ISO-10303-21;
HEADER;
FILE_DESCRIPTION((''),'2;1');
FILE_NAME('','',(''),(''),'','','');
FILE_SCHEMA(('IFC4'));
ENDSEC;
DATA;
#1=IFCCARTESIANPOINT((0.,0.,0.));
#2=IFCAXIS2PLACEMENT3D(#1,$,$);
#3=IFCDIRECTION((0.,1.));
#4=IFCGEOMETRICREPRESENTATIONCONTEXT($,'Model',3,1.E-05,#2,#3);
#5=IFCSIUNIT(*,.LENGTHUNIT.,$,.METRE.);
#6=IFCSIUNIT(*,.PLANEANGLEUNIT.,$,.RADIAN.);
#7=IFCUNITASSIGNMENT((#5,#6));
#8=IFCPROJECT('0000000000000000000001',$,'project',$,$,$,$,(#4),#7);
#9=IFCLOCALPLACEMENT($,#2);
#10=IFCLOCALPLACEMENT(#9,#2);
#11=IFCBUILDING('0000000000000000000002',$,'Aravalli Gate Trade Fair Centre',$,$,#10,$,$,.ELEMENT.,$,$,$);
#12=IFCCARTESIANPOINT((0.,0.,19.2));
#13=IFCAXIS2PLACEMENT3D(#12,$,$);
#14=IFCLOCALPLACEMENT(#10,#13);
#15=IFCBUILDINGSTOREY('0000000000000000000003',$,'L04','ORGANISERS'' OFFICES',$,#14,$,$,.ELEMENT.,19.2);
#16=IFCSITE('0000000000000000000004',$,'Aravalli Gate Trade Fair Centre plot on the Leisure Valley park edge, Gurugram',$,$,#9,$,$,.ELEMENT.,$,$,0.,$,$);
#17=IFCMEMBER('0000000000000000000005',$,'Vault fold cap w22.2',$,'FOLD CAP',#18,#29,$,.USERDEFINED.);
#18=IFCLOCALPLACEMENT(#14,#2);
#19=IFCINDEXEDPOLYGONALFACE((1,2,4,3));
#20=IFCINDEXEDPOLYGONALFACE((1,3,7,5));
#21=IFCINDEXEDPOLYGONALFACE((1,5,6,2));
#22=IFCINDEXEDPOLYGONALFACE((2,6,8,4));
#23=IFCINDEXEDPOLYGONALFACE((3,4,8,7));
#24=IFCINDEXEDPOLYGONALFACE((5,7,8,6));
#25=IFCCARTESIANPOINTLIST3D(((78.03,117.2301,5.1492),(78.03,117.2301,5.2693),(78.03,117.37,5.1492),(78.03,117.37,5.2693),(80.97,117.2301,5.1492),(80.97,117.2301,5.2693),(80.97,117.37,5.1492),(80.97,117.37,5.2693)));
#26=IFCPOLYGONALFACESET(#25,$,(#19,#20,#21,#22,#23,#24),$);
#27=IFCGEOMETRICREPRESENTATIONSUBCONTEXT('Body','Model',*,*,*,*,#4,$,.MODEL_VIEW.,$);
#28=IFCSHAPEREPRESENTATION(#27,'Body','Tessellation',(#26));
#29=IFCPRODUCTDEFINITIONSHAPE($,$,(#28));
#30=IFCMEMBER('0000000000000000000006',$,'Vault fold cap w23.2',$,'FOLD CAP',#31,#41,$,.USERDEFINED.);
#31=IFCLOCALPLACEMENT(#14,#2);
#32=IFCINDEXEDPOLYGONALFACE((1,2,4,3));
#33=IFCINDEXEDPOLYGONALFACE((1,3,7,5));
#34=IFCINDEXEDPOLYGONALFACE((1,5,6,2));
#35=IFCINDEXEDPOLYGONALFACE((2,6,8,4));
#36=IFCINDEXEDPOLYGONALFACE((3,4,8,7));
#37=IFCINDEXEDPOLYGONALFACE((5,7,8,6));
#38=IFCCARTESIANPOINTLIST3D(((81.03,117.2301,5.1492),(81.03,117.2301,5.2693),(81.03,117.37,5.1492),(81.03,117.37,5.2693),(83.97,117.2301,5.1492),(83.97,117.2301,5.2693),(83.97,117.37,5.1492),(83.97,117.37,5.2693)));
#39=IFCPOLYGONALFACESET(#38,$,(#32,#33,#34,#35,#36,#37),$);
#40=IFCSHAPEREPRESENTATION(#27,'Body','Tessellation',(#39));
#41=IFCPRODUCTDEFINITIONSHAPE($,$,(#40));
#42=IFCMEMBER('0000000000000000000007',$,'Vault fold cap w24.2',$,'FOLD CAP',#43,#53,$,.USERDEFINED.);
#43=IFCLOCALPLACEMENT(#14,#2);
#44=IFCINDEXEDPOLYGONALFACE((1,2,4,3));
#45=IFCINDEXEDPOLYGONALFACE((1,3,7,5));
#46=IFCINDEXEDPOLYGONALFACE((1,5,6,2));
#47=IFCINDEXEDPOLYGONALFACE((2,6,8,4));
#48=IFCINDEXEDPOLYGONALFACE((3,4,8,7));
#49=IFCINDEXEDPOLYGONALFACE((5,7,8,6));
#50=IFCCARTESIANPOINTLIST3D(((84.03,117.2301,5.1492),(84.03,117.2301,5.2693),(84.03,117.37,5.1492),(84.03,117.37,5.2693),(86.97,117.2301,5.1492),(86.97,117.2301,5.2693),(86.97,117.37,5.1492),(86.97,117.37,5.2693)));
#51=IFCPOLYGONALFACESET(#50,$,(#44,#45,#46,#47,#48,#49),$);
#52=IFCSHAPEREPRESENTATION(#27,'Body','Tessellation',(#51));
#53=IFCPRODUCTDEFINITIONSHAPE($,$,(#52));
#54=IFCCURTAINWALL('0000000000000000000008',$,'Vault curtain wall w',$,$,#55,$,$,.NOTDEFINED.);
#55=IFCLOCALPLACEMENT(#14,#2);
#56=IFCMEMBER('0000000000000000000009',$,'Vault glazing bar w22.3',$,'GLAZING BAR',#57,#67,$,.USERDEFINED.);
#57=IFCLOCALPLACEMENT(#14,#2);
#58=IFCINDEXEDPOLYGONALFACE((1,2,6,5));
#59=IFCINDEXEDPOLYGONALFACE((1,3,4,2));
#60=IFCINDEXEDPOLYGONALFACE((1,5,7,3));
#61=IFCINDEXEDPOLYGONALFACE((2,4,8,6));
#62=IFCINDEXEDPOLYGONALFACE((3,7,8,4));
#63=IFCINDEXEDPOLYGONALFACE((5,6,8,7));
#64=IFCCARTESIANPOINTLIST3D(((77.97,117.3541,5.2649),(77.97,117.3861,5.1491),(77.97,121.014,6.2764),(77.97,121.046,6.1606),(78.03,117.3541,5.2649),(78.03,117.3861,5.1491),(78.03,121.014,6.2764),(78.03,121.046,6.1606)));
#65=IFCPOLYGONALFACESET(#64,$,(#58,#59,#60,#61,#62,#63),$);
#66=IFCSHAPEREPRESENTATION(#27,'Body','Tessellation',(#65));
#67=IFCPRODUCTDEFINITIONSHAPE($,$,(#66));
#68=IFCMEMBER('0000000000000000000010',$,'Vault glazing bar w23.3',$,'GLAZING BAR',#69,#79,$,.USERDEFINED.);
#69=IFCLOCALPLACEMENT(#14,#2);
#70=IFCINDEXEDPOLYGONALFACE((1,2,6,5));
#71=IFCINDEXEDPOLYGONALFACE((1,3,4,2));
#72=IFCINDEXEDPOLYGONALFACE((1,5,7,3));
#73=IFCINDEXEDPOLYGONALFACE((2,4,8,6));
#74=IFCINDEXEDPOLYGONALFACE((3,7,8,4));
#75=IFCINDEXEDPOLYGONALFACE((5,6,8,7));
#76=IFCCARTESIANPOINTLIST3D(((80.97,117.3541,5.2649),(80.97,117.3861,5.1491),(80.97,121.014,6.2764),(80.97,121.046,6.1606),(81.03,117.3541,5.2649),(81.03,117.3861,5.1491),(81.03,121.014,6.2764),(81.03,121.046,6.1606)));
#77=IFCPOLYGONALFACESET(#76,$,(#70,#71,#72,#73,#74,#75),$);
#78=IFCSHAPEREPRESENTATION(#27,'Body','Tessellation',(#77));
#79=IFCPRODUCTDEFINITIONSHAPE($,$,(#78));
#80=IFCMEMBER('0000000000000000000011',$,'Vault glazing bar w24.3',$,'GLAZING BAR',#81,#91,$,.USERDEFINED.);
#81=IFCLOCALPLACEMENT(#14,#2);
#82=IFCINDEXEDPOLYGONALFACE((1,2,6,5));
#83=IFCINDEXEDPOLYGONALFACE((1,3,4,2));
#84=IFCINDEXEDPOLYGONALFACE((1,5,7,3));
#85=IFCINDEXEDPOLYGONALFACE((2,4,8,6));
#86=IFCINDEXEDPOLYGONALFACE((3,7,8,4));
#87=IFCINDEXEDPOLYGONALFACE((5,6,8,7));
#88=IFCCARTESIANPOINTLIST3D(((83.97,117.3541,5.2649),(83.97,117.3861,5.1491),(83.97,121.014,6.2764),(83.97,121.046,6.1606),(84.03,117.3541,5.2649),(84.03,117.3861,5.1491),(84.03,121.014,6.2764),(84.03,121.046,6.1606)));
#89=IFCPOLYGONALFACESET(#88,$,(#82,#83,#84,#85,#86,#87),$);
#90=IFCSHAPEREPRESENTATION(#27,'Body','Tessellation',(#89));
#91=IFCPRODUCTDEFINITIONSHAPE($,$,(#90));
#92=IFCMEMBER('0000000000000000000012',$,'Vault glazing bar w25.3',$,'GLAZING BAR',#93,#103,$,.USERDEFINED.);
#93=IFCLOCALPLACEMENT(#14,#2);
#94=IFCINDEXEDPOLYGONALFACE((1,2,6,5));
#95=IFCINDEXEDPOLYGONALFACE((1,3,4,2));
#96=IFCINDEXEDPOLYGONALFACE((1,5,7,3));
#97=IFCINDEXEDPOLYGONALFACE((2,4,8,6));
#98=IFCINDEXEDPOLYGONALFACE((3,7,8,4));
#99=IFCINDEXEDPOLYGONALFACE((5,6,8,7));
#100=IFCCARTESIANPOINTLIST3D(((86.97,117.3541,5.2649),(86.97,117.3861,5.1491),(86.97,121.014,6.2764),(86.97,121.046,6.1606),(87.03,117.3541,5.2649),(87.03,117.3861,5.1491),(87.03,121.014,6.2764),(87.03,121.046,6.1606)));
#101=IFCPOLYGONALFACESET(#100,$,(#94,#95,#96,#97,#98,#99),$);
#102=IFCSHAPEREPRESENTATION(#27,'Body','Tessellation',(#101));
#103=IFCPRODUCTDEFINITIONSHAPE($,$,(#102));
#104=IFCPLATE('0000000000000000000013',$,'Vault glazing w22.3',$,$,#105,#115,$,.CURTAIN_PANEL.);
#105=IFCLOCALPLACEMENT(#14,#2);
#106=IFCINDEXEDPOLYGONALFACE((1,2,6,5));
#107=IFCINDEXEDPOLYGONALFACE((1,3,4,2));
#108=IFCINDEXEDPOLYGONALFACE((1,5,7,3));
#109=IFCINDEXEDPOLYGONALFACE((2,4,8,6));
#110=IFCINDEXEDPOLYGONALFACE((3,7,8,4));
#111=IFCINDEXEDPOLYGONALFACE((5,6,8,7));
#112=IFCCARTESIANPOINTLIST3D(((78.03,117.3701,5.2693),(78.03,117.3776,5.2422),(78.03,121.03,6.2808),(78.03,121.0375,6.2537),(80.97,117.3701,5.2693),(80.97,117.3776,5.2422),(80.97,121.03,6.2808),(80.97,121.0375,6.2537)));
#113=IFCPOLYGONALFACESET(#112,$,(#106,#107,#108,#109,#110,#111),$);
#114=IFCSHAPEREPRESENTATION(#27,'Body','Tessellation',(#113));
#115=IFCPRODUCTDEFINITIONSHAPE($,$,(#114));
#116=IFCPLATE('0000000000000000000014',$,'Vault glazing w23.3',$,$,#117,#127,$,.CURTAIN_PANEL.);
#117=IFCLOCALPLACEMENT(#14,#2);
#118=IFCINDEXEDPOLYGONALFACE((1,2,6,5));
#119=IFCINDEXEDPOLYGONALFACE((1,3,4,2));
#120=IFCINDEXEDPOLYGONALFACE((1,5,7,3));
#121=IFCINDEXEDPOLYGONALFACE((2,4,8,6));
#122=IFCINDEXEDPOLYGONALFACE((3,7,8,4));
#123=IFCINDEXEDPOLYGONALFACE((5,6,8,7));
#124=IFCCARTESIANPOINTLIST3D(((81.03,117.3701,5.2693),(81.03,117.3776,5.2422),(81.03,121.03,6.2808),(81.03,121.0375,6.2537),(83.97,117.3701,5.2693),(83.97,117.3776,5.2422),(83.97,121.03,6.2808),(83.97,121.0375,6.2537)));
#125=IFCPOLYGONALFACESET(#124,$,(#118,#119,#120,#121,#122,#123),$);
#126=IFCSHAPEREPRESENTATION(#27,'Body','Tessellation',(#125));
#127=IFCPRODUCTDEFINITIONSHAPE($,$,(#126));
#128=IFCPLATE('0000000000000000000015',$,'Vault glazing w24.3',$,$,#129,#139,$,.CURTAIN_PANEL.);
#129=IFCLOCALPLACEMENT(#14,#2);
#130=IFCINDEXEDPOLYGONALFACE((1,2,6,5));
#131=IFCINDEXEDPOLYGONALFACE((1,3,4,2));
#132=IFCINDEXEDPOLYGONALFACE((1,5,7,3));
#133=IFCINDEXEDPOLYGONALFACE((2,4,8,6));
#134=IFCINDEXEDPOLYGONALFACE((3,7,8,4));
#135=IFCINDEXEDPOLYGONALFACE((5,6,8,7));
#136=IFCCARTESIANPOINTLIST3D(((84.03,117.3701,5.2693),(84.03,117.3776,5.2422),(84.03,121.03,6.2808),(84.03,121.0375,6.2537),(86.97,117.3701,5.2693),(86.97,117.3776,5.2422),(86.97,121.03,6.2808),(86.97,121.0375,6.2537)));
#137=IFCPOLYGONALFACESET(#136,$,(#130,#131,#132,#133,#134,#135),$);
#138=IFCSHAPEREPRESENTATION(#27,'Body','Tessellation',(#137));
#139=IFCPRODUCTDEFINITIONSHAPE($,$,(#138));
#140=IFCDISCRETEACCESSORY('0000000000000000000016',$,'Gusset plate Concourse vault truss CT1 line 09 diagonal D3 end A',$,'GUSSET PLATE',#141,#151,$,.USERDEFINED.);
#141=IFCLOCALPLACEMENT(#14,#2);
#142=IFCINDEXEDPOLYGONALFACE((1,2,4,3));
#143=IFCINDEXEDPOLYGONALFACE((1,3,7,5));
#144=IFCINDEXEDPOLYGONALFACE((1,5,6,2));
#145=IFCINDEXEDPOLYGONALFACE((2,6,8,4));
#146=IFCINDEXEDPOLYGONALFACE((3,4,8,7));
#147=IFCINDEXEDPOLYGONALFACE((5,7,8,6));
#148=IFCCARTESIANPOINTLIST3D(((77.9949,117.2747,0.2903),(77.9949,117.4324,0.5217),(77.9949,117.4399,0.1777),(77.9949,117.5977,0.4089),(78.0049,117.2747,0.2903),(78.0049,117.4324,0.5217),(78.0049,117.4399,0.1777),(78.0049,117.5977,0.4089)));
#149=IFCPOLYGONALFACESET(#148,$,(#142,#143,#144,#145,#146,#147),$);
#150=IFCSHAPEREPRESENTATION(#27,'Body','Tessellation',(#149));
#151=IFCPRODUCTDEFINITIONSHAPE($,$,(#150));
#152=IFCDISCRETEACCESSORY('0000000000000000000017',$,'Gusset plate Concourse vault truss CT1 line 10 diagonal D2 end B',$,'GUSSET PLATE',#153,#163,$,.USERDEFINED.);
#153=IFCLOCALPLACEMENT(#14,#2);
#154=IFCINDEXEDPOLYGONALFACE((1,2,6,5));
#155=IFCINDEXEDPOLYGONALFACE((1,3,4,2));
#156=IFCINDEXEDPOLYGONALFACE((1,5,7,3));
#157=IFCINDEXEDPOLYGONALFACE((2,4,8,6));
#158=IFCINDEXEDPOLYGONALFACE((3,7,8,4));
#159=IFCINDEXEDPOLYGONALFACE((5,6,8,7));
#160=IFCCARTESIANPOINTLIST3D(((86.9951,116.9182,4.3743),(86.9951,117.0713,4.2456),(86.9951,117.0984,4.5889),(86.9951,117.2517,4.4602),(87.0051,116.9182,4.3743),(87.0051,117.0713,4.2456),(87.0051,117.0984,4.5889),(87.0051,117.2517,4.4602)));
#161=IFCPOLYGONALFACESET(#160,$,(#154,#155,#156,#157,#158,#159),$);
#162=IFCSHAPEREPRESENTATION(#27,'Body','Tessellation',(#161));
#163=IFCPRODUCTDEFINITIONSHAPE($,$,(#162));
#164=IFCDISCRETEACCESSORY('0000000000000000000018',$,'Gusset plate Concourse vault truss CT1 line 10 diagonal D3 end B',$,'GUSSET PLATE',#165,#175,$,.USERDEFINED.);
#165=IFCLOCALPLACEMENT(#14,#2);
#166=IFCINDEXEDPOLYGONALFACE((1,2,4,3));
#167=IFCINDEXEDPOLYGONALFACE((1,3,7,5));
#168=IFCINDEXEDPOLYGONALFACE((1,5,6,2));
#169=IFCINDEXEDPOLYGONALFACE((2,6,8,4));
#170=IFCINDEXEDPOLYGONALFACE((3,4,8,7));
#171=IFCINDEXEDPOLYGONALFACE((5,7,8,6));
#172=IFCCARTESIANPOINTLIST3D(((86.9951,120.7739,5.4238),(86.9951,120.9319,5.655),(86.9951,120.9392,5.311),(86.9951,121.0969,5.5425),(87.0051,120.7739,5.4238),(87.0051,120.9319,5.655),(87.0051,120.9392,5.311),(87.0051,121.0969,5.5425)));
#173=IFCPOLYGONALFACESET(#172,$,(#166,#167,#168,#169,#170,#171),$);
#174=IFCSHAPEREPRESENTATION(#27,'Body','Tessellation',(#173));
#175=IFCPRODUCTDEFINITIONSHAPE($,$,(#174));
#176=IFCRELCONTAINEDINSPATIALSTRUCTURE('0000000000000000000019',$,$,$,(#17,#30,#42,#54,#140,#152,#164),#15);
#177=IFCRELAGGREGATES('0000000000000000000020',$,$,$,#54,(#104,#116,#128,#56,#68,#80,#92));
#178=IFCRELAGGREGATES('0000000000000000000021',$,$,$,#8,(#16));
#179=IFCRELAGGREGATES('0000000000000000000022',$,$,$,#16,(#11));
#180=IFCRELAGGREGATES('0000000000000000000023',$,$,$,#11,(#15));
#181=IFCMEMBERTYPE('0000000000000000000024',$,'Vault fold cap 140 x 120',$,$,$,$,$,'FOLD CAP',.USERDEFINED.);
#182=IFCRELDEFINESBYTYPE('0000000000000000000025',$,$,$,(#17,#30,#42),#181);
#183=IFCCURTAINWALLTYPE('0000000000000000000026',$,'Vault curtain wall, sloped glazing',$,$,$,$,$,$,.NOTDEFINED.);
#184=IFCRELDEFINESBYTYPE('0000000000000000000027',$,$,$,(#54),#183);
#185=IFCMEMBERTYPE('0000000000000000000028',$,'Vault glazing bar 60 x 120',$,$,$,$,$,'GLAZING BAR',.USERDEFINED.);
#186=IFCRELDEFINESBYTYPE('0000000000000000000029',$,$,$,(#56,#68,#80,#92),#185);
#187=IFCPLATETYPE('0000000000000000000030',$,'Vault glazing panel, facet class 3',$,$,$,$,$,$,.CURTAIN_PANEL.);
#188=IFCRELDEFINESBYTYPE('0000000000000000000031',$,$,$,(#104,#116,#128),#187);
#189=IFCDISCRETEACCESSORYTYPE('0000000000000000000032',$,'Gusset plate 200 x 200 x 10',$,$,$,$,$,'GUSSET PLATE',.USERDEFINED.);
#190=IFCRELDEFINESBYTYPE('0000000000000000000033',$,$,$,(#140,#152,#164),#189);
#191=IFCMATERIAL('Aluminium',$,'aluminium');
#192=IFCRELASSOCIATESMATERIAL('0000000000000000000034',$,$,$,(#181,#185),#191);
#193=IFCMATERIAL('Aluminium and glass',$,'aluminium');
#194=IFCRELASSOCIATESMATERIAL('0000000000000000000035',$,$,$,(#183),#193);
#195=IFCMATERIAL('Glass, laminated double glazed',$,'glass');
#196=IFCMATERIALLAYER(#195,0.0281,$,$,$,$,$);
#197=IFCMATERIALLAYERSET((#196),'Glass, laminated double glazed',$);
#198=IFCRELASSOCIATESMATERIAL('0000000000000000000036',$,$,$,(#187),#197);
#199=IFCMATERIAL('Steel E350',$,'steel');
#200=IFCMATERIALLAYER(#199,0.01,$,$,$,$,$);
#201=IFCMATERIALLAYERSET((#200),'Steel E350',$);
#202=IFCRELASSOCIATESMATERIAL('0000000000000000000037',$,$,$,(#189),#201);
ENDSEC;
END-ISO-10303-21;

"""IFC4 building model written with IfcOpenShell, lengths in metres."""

from ifc_helpers import new_model, si_unit, direction, frame, origin, origin_2d, place, context, subcontext, project, spatial, polyline, rectangle, outline, extrude, material, layer, layer_set, material_profile, profile_set, type_object, element, aggregate, save


model = new_model("IFC4")

# Units and contexts
model_context = context("Model", 3, precision=1e-05, world=origin(), true_north=direction((0.0, 1.0)))
body_context = subcontext(model_context, "Body", "Model", "MODEL_VIEW")
ifc_project = project(units=[si_unit("LENGTHUNIT", "METRE"), si_unit("PLANEANGLEUNIT", "RADIAN")], contexts=[model_context])

# Site, building, storey
site_placement = place(None, origin())
site = spatial("IfcSite", under=ifc_project, at=site_placement, Name="Aravalli Gate Trade Fair Centre plot on the Leisure Valley park edge, Gurugram", CompositionType="ELEMENT", RefElevation=0.0)
building_placement = place(site_placement, origin())
building = spatial("IfcBuilding", under=site, at=building_placement, Name="Aravalli Gate Trade Fair Centre", CompositionType="ELEMENT")
storey_placement = place(building_placement, frame((0.0, 0.0, 19.2)))
storey = spatial("IfcBuildingStorey", under=building, at=storey_placement, Name="L04", Description="ORGANISERS' OFFICES", CompositionType="ELEMENT", Elevation=19.2)

# Members
ifc_material_1 = material(Name="Steel E350", Category="steel")
ifc_material_2 = material(Name="Aluminium", Category="aluminium")
ifc_material_profile_1 = material_profile(ifc_material_2, rectangle(XDim=0.1399, YDim=0.1201, at=origin_2d()), Name="Vault fold cap 140 x 120")
ifc_profile_set_1 = profile_set([ifc_material_profile_1], Name="Aluminium")
member_type_1 = type_object("IfcMemberType", Name="Vault fold cap 140 x 120", ElementType="FOLD CAP", PredefinedType="USERDEFINED", material=ifc_profile_set_1)
for number, where, z_axis, x_axis, name in (
    (1, (78.03, 117.3, 5.2092), (1.0, 0.0, 0.0), (0.0, 1.0, 0.0), "Vault fold cap w22.2"),
    (2, (81.03, 117.3, 5.2092), (1.0, 0.0, 0.0), (0.0, 1.0, 0.0), "Vault fold cap w23.2"),
    (3, (84.03, 117.3, 5.2092), (1.0, 0.0, 0.0), (0.0, 1.0, 0.0), "Vault fold cap w24.2"),
):
    element("IfcMember", number, at=place(storey_placement, frame(where, z_axis=z_axis, x_axis=x_axis)), inside=storey, type_object=member_type_1, Name=name, ObjectType="FOLD CAP", PredefinedType="USERDEFINED", context=body_context, shape_type="SweptSolid", body=[
        extrude(rectangle(XDim=0.1399, YDim=0.1201, at=origin_2d()), origin(), (0.0, 0.0, 1.0), 2.9399),
    ])

# Curtain wall, members, plates
ifc_material_3 = material(Name="Aluminium and glass", Category="aluminium")
curtain_wall_type = type_object("IfcCurtainWallType", Name="Vault curtain wall, sloped glazing", PredefinedType="NOTDEFINED", material=ifc_material_3)
curtain_wall_placement = place(storey_placement, origin())
curtain_wall = element("IfcCurtainWall", 4, at=curtain_wall_placement, inside=storey, type_object=curtain_wall_type, Name="Vault curtain wall w", PredefinedType="NOTDEFINED")
ifc_material_profile_2 = material_profile(ifc_material_2, rectangle(XDim=0.0601, YDim=0.1201, at=origin_2d()), Name="Vault glazing bar 60 x 120")
ifc_profile_set_2 = profile_set([ifc_material_profile_2], Name="Aluminium")
member_type_2 = type_object("IfcMemberType", Name="Vault glazing bar 60 x 120", ElementType="GLAZING BAR", PredefinedType="USERDEFINED", material=ifc_profile_set_2)
member_1_placement = place(storey_placement, frame((78.0, 117.3701, 5.207), z_axis=(0.0, 0.963868, 0.26638), x_axis=(-1.0, 0.0, 0.0)))
member_1 = element("IfcMember", 5, at=member_1_placement, type_object=member_type_2, Name="Vault glazing bar w22.3", ObjectType="GLAZING BAR", PredefinedType="USERDEFINED", context=body_context, shape_type="SweptSolid", body=[
    extrude(rectangle(XDim=0.0601, YDim=0.1201, at=origin_2d()), origin(), (0.0, 0.0, 1.0), 3.7971),
])
member_2_placement = place(storey_placement, frame((81.0, 117.3701, 5.207), z_axis=(0.0, 0.963868, 0.26638), x_axis=(-1.0, 0.0, 0.0)))
member_2 = element("IfcMember", 6, at=member_2_placement, type_object=member_type_2, Name="Vault glazing bar w23.3", ObjectType="GLAZING BAR", PredefinedType="USERDEFINED", context=body_context, shape_type="SweptSolid", body=[
    extrude(rectangle(XDim=0.0601, YDim=0.1201, at=origin_2d()), origin(), (0.0, 0.0, 1.0), 3.7971),
])
member_3_placement = place(storey_placement, frame((84.0, 117.3701, 5.207), z_axis=(0.0, 0.963868, 0.26638), x_axis=(-1.0, 0.0, 0.0)))
member_3 = element("IfcMember", 7, at=member_3_placement, type_object=member_type_2, Name="Vault glazing bar w24.3", ObjectType="GLAZING BAR", PredefinedType="USERDEFINED", context=body_context, shape_type="SweptSolid", body=[
    extrude(rectangle(XDim=0.0601, YDim=0.1201, at=origin_2d()), origin(), (0.0, 0.0, 1.0), 3.7971),
])
member_4_placement = place(storey_placement, frame((87.0, 117.3701, 5.207), z_axis=(0.0, 0.963868, 0.26638), x_axis=(-1.0, 0.0, 0.0)))
member_4 = element("IfcMember", 8, at=member_4_placement, type_object=member_type_2, Name="Vault glazing bar w25.3", ObjectType="GLAZING BAR", PredefinedType="USERDEFINED", context=body_context, shape_type="SweptSolid", body=[
    extrude(rectangle(XDim=0.0601, YDim=0.1201, at=origin_2d()), origin(), (0.0, 0.0, 1.0), 3.7971),
])
ifc_material_4 = material(Name="Glass, laminated double glazed", Category="glass")
ifc_layer_1 = layer(ifc_material_4, 0.0281)
ifc_layer_set_1 = layer_set([ifc_layer_1], Name="Glass, laminated double glazed")
plate_type = type_object("IfcPlateType", Name="Vault glazing panel, facet class 3", PredefinedType="CURTAIN_PANEL", material=ifc_layer_set_1)
plate_1_placement = place(storey_placement, frame((78.03, 117.3701, 5.2693), z_axis=(0.0, -0.26638, 0.963868), x_axis=(1.0, 0.0, 0.0)))
plate_1 = element("IfcPlate", 9, at=plate_1_placement, type_object=plate_type, Name="Vault glazing w22.3", PredefinedType="CURTAIN_PANEL", context=body_context, shape_type="SweptSolid", body=[
    extrude(outline(polyline([(0.0, 0.0), (2.9399, 0.0), (2.9399, 3.7971), (0.0, 3.7971), (0.0, 0.0)])), origin(), (0.0, 0.0, -1.0), 0.0281),
])
plate_2_placement = place(storey_placement, frame((81.03, 117.3701, 5.2693), z_axis=(0.0, -0.26638, 0.963868), x_axis=(1.0, 0.0, 0.0)))
plate_2 = element("IfcPlate", 10, at=plate_2_placement, type_object=plate_type, Name="Vault glazing w23.3", PredefinedType="CURTAIN_PANEL", context=body_context, shape_type="SweptSolid", body=[
    extrude(outline(polyline([(0.0, 0.0), (2.9399, 0.0), (2.9399, 3.7971), (0.0, 3.7971), (0.0, 0.0)])), origin(), (0.0, 0.0, -1.0), 0.0281),
])
plate_3_placement = place(storey_placement, frame((84.03, 117.3701, 5.2693), z_axis=(0.0, -0.26638, 0.963868), x_axis=(1.0, 0.0, 0.0)))
plate_3 = element("IfcPlate", 11, at=plate_3_placement, type_object=plate_type, Name="Vault glazing w24.3", PredefinedType="CURTAIN_PANEL", context=body_context, shape_type="SweptSolid", body=[
    extrude(outline(polyline([(0.0, 0.0), (2.9399, 0.0), (2.9399, 3.7971), (0.0, 3.7971), (0.0, 0.0)])), origin(), (0.0, 0.0, -1.0), 0.0281),
])
aggregate(curtain_wall, [plate_1, plate_2, plate_3, member_1, member_2, member_3, member_4])

# Discrete accessories
ifc_layer_2 = layer(ifc_material_1, 0.01)
ifc_layer_set_2 = layer_set([ifc_layer_2], Name="Steel E350")
discrete_accessory_type = type_object("IfcDiscreteAccessoryType", Name="Gusset plate 200 x 200 x 10", ElementType="GUSSET PLATE", PredefinedType="USERDEFINED", material=ifc_layer_set_2)
discrete_accessory_1_placement = place(storey_placement, frame((78.0049, 117.4324, 0.5217), z_axis=(1.0, 0.0, 0.0), x_axis=(0.0, -0.56312, -0.826375)))
element("IfcDiscreteAccessory", 12, at=discrete_accessory_1_placement, inside=storey, type_object=discrete_accessory_type, Name="Gusset plate Concourse vault truss CT1 line 09 diagonal D3 end A", ObjectType="GUSSET PLATE", PredefinedType="USERDEFINED", context=body_context, shape_type="SweptSolid", body=[
    extrude(outline(polyline([(0.0, 0.0), (0.2801, 0.0), (0.28, 0.2), (0.0001, 0.2001), (0.0, 0.0)])), origin(), (0.0, 0.0, -1.0), 0.01),
])
discrete_accessory_2_placement = place(storey_placement, frame((86.9951, 116.9182, 4.3743), z_axis=(-1.0, 0.0, 0.0), x_axis=(0.0, 0.643008, 0.765859)))
element("IfcDiscreteAccessory", 13, at=discrete_accessory_2_placement, inside=storey, type_object=discrete_accessory_type, Name="Gusset plate Concourse vault truss CT1 line 10 diagonal D2 end B", ObjectType="GUSSET PLATE", PredefinedType="USERDEFINED", context=body_context, shape_type="SweptSolid", body=[
    extrude(outline(polyline([(0.0, 0.0), (0.2802, 0.0), (0.2803, 0.2002), (-0.0001, 0.2), (0.0, 0.0)])), origin(), (0.0, 0.0, -1.0), 0.01),
])
discrete_accessory_3_placement = place(storey_placement, frame((86.9951, 120.7739, 5.4238), z_axis=(-1.0, 0.0, 0.0), x_axis=(0.0, 0.564121, 0.825692)))
element("IfcDiscreteAccessory", 14, at=discrete_accessory_3_placement, inside=storey, type_object=discrete_accessory_type, Name="Gusset plate Concourse vault truss CT1 line 10 diagonal D3 end B", ObjectType="GUSSET PLATE", PredefinedType="USERDEFINED", context=body_context, shape_type="SweptSolid", body=[
    extrude(outline(polyline([(0.0, 0.0), (0.28, 0.0), (0.2802, 0.1998), (0.0001, 0.2001), (0.0, 0.0)])), origin(), (0.0, 0.0, -1.0), 0.01),
])

save(model, "model.ifc")
